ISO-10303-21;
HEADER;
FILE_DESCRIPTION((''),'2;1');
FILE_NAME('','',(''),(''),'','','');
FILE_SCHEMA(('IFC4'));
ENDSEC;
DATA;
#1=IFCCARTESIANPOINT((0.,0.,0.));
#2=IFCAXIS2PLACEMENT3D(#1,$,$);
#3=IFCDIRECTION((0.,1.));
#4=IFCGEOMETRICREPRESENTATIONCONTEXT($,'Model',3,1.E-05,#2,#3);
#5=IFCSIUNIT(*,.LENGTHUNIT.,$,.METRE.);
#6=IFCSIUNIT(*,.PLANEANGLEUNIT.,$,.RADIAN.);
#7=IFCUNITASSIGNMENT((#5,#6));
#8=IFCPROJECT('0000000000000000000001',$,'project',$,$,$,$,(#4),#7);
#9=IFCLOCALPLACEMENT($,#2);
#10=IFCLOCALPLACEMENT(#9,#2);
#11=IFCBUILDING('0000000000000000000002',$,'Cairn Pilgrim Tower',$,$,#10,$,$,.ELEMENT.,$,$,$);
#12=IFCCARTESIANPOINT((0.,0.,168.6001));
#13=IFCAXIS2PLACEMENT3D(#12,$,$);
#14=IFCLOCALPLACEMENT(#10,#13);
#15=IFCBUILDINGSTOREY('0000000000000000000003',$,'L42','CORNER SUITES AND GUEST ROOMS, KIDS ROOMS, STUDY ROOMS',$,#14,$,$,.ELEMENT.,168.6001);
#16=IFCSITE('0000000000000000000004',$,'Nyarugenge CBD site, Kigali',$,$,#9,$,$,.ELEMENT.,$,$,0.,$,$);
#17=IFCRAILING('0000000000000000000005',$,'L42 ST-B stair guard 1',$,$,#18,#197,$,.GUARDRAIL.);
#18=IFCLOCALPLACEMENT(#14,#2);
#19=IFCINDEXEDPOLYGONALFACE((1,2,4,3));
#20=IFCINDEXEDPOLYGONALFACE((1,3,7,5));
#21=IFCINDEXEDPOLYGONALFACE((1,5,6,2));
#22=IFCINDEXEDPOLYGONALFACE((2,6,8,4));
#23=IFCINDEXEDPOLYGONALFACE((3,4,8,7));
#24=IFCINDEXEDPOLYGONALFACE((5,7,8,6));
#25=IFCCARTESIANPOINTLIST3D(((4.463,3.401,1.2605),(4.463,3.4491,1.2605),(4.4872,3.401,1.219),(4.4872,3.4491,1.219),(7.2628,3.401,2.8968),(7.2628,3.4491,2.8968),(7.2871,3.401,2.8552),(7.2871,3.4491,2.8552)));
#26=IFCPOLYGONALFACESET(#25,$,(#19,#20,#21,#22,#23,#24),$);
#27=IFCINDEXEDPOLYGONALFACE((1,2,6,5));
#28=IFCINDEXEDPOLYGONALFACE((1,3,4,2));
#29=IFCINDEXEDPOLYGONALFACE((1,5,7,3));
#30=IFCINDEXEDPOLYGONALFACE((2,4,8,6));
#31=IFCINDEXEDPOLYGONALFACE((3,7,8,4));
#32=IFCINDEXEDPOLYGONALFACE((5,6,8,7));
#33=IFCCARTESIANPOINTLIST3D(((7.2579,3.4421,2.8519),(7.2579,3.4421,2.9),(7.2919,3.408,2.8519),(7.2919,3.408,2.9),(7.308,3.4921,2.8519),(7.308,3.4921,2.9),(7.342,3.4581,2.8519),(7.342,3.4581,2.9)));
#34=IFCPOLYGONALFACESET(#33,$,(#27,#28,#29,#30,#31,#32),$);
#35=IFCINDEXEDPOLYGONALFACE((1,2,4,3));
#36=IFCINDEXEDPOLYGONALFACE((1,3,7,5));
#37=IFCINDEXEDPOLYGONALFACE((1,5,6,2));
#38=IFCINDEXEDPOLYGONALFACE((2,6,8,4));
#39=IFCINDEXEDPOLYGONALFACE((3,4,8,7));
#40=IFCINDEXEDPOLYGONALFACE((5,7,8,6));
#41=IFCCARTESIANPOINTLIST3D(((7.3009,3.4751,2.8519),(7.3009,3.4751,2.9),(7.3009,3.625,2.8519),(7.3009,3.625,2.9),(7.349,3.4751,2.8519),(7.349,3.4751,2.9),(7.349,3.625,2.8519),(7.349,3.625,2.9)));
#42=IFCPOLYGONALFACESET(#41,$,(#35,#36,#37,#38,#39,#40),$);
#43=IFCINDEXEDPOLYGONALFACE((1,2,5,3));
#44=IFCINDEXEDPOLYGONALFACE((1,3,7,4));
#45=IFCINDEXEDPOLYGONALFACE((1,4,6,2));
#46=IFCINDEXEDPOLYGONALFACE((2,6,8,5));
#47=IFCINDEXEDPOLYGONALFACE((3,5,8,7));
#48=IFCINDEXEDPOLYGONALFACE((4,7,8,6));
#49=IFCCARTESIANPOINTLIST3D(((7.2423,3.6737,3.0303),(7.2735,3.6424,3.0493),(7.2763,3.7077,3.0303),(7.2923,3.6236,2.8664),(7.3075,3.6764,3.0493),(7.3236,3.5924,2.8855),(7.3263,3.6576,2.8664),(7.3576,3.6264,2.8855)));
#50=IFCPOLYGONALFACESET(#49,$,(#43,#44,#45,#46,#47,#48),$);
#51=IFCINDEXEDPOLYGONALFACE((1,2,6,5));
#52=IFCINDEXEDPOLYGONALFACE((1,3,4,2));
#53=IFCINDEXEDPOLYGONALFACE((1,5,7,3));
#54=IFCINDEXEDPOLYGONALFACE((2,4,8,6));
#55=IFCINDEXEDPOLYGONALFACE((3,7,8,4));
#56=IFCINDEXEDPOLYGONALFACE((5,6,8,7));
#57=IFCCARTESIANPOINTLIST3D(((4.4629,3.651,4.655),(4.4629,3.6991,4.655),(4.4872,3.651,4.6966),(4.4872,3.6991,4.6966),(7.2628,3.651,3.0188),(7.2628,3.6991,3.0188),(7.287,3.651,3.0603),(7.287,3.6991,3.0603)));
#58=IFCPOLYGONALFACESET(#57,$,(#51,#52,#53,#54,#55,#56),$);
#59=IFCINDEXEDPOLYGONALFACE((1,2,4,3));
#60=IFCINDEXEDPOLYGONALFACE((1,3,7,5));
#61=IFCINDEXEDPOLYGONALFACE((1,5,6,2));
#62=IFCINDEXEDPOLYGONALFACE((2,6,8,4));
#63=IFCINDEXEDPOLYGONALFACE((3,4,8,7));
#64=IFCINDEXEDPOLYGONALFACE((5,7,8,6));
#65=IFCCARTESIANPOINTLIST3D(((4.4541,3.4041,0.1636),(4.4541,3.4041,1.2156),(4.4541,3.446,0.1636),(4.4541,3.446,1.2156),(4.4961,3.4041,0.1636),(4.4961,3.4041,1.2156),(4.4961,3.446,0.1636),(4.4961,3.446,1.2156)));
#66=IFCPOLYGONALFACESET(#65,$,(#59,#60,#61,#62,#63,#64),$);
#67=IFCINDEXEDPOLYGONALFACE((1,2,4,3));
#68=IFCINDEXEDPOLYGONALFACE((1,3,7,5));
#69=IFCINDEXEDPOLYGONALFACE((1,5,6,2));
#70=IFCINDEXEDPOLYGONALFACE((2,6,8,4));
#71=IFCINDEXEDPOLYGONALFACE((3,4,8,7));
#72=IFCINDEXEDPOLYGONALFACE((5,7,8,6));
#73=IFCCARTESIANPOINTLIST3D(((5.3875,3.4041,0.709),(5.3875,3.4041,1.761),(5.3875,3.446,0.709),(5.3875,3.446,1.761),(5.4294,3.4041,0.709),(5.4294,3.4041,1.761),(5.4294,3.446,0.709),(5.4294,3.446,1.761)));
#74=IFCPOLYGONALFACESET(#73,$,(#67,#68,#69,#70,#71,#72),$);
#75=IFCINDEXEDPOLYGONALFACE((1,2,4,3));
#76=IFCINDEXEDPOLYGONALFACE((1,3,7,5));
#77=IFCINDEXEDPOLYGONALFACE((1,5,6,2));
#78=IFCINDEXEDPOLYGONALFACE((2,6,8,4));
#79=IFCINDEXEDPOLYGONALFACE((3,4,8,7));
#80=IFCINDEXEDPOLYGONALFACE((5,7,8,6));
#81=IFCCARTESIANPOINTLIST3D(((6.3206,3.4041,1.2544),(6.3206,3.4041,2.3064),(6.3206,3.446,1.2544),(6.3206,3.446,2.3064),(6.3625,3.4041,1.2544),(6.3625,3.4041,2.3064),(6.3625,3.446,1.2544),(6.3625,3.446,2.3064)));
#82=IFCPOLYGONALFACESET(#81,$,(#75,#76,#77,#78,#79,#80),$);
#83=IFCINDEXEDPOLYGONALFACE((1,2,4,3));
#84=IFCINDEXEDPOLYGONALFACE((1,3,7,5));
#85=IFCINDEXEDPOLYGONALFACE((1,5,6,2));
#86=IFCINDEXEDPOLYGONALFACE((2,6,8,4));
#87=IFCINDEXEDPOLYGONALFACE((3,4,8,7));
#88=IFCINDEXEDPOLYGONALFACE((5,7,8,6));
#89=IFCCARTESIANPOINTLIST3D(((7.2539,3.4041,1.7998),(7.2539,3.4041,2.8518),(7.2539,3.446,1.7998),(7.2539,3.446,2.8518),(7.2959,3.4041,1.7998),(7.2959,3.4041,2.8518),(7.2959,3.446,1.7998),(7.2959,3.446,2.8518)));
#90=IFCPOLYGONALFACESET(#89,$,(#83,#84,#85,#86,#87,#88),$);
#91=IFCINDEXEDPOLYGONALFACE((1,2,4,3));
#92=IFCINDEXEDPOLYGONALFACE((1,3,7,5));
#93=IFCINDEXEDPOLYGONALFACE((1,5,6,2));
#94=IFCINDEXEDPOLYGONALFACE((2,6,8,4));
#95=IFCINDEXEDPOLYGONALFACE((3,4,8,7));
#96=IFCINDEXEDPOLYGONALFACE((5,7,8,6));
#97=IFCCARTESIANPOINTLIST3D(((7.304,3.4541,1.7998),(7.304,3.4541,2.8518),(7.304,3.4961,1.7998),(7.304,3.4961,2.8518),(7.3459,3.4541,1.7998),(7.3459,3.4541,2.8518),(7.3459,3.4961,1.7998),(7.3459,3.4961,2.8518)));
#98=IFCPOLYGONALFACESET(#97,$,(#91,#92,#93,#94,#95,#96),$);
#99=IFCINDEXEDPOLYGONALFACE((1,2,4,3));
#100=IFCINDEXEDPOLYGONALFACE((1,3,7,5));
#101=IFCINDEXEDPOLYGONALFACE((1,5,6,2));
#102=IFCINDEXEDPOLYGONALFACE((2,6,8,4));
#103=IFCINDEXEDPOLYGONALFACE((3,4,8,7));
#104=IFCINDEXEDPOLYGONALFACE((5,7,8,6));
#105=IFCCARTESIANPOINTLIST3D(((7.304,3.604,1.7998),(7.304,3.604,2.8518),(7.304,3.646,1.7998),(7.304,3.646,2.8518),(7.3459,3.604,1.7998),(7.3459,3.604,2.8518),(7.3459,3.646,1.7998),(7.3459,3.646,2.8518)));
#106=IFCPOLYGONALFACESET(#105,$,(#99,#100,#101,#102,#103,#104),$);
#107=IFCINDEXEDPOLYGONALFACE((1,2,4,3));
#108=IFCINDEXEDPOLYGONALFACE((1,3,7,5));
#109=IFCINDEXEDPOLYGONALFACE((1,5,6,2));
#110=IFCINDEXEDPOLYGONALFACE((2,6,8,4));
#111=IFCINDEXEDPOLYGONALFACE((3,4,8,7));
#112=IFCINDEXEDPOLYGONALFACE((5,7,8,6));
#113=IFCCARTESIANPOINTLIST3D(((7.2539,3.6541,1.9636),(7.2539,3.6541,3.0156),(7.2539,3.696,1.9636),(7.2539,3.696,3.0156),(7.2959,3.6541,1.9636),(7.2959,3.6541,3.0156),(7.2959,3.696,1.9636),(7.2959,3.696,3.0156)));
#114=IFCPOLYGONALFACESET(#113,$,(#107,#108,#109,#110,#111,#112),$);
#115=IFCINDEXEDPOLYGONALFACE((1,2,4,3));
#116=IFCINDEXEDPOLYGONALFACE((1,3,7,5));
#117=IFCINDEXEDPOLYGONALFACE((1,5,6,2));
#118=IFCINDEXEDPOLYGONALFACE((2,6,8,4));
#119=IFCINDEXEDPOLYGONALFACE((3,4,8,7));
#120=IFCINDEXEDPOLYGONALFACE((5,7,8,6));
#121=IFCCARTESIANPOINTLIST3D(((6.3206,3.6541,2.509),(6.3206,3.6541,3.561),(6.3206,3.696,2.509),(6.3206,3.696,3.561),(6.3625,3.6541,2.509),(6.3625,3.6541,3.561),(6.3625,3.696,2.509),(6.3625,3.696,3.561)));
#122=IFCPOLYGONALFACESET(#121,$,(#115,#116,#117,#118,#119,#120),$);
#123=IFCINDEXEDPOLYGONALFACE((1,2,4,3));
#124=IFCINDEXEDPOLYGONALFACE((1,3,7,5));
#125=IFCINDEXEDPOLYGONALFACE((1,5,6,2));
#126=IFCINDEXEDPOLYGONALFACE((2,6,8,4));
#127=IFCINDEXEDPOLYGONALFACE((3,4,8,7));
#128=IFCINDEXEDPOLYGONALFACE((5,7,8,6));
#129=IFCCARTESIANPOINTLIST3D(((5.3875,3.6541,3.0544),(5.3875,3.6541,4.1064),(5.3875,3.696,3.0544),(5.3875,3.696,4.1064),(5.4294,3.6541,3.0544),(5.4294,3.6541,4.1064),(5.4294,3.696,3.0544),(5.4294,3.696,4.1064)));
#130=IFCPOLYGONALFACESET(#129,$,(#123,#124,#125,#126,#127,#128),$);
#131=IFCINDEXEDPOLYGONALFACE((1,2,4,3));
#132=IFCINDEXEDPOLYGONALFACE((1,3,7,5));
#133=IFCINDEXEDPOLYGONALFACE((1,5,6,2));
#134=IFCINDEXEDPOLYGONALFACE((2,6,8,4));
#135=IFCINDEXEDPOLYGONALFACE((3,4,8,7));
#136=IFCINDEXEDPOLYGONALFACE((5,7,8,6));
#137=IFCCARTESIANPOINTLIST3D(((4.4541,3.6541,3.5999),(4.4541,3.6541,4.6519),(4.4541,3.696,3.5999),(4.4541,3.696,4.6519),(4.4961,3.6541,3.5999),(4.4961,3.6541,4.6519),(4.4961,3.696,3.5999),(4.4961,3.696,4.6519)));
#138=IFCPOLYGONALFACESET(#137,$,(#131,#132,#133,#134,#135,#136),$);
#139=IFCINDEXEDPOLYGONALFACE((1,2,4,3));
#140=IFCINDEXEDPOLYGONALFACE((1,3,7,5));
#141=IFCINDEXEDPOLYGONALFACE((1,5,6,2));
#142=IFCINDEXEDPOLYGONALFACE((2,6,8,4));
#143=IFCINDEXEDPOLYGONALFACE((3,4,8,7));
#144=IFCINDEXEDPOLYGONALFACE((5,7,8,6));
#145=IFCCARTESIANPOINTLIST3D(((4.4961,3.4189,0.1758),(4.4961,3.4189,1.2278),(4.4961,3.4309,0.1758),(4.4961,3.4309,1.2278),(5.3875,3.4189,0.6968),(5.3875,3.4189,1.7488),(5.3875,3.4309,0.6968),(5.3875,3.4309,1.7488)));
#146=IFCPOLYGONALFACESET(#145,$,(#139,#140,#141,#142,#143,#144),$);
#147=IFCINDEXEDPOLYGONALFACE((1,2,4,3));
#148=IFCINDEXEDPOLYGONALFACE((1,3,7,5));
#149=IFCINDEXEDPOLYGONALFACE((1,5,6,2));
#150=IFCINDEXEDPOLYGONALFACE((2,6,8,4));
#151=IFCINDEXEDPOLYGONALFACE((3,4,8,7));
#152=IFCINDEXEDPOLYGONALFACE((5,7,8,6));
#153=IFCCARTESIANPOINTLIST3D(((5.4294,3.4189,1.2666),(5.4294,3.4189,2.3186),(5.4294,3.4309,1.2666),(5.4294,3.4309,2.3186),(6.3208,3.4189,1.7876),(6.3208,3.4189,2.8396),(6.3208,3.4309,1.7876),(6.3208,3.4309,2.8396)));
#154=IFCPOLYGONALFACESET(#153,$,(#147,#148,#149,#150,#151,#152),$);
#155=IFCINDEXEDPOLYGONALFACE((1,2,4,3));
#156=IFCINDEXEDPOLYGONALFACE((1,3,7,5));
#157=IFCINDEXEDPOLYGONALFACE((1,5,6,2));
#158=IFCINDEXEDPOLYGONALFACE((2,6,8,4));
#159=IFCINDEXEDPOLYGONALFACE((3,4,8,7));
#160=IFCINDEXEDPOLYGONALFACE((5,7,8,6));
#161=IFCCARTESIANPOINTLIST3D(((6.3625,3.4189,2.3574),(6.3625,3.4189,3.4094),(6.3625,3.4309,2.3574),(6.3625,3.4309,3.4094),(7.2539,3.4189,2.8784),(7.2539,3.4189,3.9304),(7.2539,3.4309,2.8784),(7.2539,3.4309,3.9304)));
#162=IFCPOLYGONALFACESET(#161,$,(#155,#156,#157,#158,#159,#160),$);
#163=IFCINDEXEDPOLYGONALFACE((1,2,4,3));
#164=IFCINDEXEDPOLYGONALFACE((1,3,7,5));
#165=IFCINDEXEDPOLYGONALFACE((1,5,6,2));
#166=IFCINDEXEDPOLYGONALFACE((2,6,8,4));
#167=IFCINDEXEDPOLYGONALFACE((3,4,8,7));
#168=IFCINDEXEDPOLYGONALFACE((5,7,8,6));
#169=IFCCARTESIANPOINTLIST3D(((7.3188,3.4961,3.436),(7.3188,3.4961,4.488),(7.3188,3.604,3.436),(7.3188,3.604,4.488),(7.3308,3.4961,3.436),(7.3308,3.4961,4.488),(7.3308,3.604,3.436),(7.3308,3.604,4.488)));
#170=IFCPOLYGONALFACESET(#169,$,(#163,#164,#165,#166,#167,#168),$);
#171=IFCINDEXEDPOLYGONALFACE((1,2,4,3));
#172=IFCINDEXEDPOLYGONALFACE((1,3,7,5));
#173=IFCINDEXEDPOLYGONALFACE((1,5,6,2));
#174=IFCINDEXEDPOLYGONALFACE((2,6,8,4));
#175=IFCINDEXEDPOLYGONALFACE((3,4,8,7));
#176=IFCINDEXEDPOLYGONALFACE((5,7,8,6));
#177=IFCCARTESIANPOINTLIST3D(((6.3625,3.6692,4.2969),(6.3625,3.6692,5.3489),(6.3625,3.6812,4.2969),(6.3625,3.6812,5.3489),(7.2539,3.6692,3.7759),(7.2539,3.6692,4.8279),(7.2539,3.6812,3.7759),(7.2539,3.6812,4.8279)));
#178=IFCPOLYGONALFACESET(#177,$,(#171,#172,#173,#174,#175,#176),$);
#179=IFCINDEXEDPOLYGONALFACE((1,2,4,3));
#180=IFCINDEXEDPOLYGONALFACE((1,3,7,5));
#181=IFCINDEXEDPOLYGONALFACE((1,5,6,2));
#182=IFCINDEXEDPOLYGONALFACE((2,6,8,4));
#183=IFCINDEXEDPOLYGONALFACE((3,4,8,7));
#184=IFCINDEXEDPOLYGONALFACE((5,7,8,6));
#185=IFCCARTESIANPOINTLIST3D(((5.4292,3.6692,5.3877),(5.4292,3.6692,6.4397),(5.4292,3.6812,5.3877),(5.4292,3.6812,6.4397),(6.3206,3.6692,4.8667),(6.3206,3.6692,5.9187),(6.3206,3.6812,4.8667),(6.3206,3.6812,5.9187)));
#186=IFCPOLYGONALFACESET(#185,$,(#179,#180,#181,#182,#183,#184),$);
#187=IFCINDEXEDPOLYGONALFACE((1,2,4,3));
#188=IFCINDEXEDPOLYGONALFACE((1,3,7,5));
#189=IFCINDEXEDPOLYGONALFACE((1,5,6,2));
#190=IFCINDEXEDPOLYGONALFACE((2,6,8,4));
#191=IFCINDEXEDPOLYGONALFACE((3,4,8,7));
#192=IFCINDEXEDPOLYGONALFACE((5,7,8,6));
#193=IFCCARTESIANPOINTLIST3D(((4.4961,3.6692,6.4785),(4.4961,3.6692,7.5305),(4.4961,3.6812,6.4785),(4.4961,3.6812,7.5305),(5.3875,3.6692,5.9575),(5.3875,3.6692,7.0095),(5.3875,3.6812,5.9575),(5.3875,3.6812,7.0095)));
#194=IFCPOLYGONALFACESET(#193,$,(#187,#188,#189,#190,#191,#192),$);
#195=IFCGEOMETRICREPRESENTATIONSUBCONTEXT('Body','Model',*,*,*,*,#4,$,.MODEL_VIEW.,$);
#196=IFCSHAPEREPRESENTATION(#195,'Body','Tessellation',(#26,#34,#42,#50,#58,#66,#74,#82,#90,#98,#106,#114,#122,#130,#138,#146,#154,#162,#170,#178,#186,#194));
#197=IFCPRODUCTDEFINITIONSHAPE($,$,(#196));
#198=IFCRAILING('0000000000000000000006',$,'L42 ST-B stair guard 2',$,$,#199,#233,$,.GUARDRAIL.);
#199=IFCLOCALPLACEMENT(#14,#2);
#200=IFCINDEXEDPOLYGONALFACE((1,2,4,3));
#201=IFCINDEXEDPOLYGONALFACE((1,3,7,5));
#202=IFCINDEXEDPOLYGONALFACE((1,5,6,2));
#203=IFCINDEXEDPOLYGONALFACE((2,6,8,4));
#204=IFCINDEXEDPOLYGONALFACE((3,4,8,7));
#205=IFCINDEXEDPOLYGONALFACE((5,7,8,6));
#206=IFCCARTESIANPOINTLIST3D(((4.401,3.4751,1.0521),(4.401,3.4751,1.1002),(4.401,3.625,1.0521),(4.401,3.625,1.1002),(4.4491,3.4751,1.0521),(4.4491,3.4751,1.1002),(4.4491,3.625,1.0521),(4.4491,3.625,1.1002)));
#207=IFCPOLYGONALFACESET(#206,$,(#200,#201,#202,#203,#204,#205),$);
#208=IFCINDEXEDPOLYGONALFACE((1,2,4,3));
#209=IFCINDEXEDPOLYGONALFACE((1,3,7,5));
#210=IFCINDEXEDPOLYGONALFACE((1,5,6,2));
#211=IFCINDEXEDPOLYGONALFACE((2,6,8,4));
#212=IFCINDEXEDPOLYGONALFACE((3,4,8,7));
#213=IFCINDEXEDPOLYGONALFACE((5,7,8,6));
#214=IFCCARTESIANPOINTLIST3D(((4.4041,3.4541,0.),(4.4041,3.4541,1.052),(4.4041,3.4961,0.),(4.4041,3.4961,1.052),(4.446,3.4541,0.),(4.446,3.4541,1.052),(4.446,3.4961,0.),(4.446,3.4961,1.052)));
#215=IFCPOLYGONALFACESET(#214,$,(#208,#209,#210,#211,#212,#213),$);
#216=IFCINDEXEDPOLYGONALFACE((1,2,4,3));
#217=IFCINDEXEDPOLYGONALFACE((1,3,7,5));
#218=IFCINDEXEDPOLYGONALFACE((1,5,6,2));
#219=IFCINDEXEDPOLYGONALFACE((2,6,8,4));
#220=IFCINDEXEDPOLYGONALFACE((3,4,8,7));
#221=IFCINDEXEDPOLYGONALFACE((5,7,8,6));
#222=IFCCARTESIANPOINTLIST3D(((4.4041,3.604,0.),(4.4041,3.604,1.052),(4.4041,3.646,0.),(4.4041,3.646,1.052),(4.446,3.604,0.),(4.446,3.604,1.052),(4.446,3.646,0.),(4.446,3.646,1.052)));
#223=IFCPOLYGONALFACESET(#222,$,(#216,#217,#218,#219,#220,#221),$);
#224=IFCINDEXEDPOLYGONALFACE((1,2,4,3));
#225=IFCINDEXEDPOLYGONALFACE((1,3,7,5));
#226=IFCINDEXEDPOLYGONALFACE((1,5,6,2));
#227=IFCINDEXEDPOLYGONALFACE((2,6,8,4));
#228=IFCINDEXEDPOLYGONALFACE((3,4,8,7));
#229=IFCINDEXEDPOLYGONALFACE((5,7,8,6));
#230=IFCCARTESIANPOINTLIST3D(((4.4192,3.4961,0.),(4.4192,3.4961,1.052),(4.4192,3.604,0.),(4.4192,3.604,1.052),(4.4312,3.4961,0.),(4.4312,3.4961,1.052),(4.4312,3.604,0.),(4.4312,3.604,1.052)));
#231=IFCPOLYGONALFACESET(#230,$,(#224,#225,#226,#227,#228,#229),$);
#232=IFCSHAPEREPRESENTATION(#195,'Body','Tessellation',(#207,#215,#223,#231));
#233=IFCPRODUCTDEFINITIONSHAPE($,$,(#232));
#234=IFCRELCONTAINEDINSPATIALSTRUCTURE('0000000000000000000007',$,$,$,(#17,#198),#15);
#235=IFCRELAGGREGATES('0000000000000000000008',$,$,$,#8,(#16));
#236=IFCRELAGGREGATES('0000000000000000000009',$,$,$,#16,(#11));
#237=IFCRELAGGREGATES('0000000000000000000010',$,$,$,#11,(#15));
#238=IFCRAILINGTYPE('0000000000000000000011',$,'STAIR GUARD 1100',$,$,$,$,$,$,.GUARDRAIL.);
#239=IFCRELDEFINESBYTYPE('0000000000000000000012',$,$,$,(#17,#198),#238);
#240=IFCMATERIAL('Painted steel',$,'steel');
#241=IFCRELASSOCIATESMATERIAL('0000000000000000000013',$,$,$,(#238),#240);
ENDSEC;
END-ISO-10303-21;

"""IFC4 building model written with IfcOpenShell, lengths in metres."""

from ifc_helpers import new_model, si_unit, direction, frame, origin, origin_2d, place, context, subcontext, project, spatial, polyline, rectangle, outline, extrude, material, type_object, element, save


model = new_model("IFC4")

# Units and contexts
model_context = context("Model", 3, precision=1e-05, world=origin(), true_north=direction((0.0, 1.0)))
body_context = subcontext(model_context, "Body", "Model", "MODEL_VIEW")
ifc_project = project(units=[si_unit("LENGTHUNIT", "METRE"), si_unit("PLANEANGLEUNIT", "RADIAN")], contexts=[model_context])

# Site, building, storey
site_placement = place(None, origin())
site = spatial("IfcSite", under=ifc_project, at=site_placement, Name="Nyarugenge CBD site, Kigali", CompositionType="ELEMENT", RefElevation=0.0)
building_placement = place(site_placement, origin())
building = spatial("IfcBuilding", under=site, at=building_placement, Name="Cairn Pilgrim Tower", CompositionType="ELEMENT")
storey_placement = place(building_placement, frame((0.0, 0.0, 168.6001)))
storey = spatial("IfcBuildingStorey", under=building, at=storey_placement, Name="L42", Description="CORNER SUITES AND GUEST ROOMS, KIDS ROOMS, STUDY ROOMS", CompositionType="ELEMENT", Elevation=168.6001)

# Shared definitions
ifc_material_1 = material(Name="Painted steel", Category="steel")

# Railings
railing_type_1 = type_object("IfcRailingType", Name="STAIR GUARD 1100", PredefinedType="GUARDRAIL", material=ifc_material_1)
railing_1_placement = place(storey_placement, frame((4.4751, 3.425, 0.1636)))
element("IfcRailing", 1, at=railing_1_placement, inside=storey, type_object=railing_type_1, Name="L42 ST-B stair guard 1", PredefinedType="GUARDRAIL", context=body_context, shape_type="SweptSolid", body=[
    extrude(rectangle(XDim=0.0481, YDim=0.0481, at=origin_2d()), frame((0.0, 0.0, 1.0762), z_axis=(0.863374, 0.0, 0.504564), x_axis=(0.0, 1.0, 0.0)), (0.0, 0.0, 1.0), 3.2429),
    extrude(rectangle(XDim=0.0481, YDim=0.0481, at=origin_2d()), frame((2.7998, 0.0, 2.7124), z_axis=(0.707107, 0.707107, 0.0), x_axis=(-0.707107, 0.707107, 0.0)), (0.0, 0.0, 1.0), 0.0708),
    extrude(rectangle(XDim=0.0481, YDim=0.0481, at=origin_2d()), frame((2.8499, 0.05, 2.7124), z_axis=(0.0, 1.0, 0.0), x_axis=(-1.0, 0.0, 0.0)), (0.0, 0.0, 1.0), 0.1499),
    extrude(rectangle(XDim=0.0481, YDim=0.0481, at=origin_2d()), frame((2.8499, 0.2, 2.7124), z_axis=(-0.280456, 0.280456, 0.917981), x_axis=(-0.707107, -0.707107, 0.0)), (0.0, 0.0, 1.0), 0.1785),
    extrude(rectangle(XDim=0.0481, YDim=0.0481, at=origin_2d()), frame((2.7998, 0.25, 2.876), z_axis=(-0.863374, 0.0, 0.504564), x_axis=(0.0, -1.0, 0.0)), (0.0, 0.0, 1.0), 3.2429),
    extrude(rectangle(XDim=0.042, YDim=0.042, at=origin_2d()), origin(), (0.0, 0.0, 1.0), 1.052),
    extrude(rectangle(XDim=0.042, YDim=0.042, at=origin_2d()), frame((0.9333, 0.0, 0.5454)), (0.0, 0.0, 1.0), 1.052),
    extrude(rectangle(XDim=0.042, YDim=0.042, at=origin_2d()), frame((1.8665, 0.0, 1.0908)), (0.0, 0.0, 1.0), 1.052),
    extrude(rectangle(XDim=0.042, YDim=0.042, at=origin_2d()), frame((2.7998, 0.0, 1.6362)), (0.0, 0.0, 1.0), 1.052),
    extrude(rectangle(XDim=0.042, YDim=0.042, at=origin_2d()), frame((2.8499, 0.05, 1.6362)), (0.0, 0.0, 1.0), 1.052),
    extrude(rectangle(XDim=0.042, YDim=0.042, at=origin_2d()), frame((2.8499, 0.2, 1.6362)), (0.0, 0.0, 1.0), 1.052),
    extrude(rectangle(XDim=0.042, YDim=0.042, at=origin_2d()), frame((2.7998, 0.25, 1.8)), (0.0, 0.0, 1.0), 1.052),
    extrude(rectangle(XDim=0.042, YDim=0.042, at=origin_2d()), frame((1.8665, 0.25, 2.3455)), (0.0, 0.0, 1.0), 1.052),
    extrude(rectangle(XDim=0.042, YDim=0.042, at=origin_2d()), frame((0.9333, 0.25, 2.8909)), (0.0, 0.0, 1.0), 1.052),
    extrude(rectangle(XDim=0.042, YDim=0.042, at=origin_2d()), frame((0.0, 0.25, 3.4363)), (0.0, 0.0, 1.0), 1.052),
    extrude(outline(polyline([(0.021, 0.0122), (0.9124, 0.5332), (0.9124, 1.5852), (0.021, 1.0642), (0.021, 0.0122)])), frame((0.0, 0.0059, 0.0), z_axis=(0.0, -1.0, 0.0), x_axis=(1.0, 0.0, 0.0)), (0.0, 0.0, 1.0), 0.012),
    extrude(outline(polyline([(0.021, 0.5576), (0.9124, 1.0786), (0.9124, 2.1306), (0.021, 1.6096), (0.021, 0.5576)])), frame((0.9333, 0.0059, 0.5454), z_axis=(0.0, -1.0, 0.0), x_axis=(1.0, 0.0, 0.0)), (0.0, 0.0, 1.0), 0.012),
    extrude(outline(polyline([(0.021, 1.103), (0.9124, 1.624), (0.9124, 2.676), (0.021, 2.155), (0.021, 1.103)])), frame((1.8665, 0.0059, 1.0908), z_axis=(0.0, -1.0, 0.0), x_axis=(1.0, 0.0, 0.0)), (0.0, 0.0, 1.0), 0.012),
    extrude(outline(polyline([(0.021, 1.6362), (0.1289, 1.6362), (0.1289, 2.6882), (0.021, 2.6882), (0.021, 1.6362)])), frame((2.8438, 0.05, 1.6362), z_axis=(1.0, 0.0, 0.0), x_axis=(0.0, 1.0, 0.0)), (0.0, 0.0, 1.0), 0.012),
    extrude(outline(polyline([(0.021, 1.8123), (0.9124, 2.3333), (0.9124, 3.3853), (0.021, 2.8643), (0.021, 1.8123)])), frame((2.7998, 0.2441, 1.8), z_axis=(0.0, 1.0, 0.0), x_axis=(-1.0, 0.0, 0.0)), (0.0, 0.0, 1.0), 0.012),
    extrude(outline(polyline([(0.021, 2.3577), (0.9124, 2.8787), (0.9124, 3.9307), (0.021, 3.4097), (0.021, 2.3577)])), frame((1.8665, 0.2441, 2.3455), z_axis=(0.0, 1.0, 0.0), x_axis=(-1.0, 0.0, 0.0)), (0.0, 0.0, 1.0), 0.012),
    extrude(outline(polyline([(0.021, 2.9031), (0.9124, 3.4241), (0.9124, 4.4761), (0.021, 3.9551), (0.021, 2.9031)])), frame((0.9333, 0.2441, 2.8909), z_axis=(0.0, 1.0, 0.0), x_axis=(-1.0, 0.0, 0.0)), (0.0, 0.0, 1.0), 0.012),
])
railing_2_placement = place(storey_placement, frame((4.425, 3.4751, 0.0)))
element("IfcRailing", 2, at=railing_2_placement, inside=storey, type_object=railing_type_1, Name="L42 ST-B stair guard 2", PredefinedType="GUARDRAIL", context=body_context, shape_type="SweptSolid", body=[
    extrude(rectangle(XDim=0.0481, YDim=0.0481, at=origin_2d()), frame((0.0, 0.0, 1.0762), z_axis=(0.0, 1.0, 0.0), x_axis=(-1.0, 0.0, 0.0)), (0.0, 0.0, 1.0), 0.1499),
    extrude(rectangle(XDim=0.042, YDim=0.042, at=origin_2d()), origin(), (0.0, 0.0, 1.0), 1.052),
    extrude(rectangle(XDim=0.042, YDim=0.042, at=origin_2d()), frame((0.0, 0.1499, 0.0)), (0.0, 0.0, 1.0), 1.052),
    extrude(outline(polyline([(0.021, 0.0), (0.1289, 0.0), (0.1289, 1.052), (0.021, 1.052), (0.021, 0.0)])), frame((-0.0059, 0.0, 0.0), z_axis=(1.0, 0.0, 0.0), x_axis=(0.0, 1.0, 0.0)), (0.0, 0.0, 1.0), 0.012),
])

save(model, "model.ifc")
